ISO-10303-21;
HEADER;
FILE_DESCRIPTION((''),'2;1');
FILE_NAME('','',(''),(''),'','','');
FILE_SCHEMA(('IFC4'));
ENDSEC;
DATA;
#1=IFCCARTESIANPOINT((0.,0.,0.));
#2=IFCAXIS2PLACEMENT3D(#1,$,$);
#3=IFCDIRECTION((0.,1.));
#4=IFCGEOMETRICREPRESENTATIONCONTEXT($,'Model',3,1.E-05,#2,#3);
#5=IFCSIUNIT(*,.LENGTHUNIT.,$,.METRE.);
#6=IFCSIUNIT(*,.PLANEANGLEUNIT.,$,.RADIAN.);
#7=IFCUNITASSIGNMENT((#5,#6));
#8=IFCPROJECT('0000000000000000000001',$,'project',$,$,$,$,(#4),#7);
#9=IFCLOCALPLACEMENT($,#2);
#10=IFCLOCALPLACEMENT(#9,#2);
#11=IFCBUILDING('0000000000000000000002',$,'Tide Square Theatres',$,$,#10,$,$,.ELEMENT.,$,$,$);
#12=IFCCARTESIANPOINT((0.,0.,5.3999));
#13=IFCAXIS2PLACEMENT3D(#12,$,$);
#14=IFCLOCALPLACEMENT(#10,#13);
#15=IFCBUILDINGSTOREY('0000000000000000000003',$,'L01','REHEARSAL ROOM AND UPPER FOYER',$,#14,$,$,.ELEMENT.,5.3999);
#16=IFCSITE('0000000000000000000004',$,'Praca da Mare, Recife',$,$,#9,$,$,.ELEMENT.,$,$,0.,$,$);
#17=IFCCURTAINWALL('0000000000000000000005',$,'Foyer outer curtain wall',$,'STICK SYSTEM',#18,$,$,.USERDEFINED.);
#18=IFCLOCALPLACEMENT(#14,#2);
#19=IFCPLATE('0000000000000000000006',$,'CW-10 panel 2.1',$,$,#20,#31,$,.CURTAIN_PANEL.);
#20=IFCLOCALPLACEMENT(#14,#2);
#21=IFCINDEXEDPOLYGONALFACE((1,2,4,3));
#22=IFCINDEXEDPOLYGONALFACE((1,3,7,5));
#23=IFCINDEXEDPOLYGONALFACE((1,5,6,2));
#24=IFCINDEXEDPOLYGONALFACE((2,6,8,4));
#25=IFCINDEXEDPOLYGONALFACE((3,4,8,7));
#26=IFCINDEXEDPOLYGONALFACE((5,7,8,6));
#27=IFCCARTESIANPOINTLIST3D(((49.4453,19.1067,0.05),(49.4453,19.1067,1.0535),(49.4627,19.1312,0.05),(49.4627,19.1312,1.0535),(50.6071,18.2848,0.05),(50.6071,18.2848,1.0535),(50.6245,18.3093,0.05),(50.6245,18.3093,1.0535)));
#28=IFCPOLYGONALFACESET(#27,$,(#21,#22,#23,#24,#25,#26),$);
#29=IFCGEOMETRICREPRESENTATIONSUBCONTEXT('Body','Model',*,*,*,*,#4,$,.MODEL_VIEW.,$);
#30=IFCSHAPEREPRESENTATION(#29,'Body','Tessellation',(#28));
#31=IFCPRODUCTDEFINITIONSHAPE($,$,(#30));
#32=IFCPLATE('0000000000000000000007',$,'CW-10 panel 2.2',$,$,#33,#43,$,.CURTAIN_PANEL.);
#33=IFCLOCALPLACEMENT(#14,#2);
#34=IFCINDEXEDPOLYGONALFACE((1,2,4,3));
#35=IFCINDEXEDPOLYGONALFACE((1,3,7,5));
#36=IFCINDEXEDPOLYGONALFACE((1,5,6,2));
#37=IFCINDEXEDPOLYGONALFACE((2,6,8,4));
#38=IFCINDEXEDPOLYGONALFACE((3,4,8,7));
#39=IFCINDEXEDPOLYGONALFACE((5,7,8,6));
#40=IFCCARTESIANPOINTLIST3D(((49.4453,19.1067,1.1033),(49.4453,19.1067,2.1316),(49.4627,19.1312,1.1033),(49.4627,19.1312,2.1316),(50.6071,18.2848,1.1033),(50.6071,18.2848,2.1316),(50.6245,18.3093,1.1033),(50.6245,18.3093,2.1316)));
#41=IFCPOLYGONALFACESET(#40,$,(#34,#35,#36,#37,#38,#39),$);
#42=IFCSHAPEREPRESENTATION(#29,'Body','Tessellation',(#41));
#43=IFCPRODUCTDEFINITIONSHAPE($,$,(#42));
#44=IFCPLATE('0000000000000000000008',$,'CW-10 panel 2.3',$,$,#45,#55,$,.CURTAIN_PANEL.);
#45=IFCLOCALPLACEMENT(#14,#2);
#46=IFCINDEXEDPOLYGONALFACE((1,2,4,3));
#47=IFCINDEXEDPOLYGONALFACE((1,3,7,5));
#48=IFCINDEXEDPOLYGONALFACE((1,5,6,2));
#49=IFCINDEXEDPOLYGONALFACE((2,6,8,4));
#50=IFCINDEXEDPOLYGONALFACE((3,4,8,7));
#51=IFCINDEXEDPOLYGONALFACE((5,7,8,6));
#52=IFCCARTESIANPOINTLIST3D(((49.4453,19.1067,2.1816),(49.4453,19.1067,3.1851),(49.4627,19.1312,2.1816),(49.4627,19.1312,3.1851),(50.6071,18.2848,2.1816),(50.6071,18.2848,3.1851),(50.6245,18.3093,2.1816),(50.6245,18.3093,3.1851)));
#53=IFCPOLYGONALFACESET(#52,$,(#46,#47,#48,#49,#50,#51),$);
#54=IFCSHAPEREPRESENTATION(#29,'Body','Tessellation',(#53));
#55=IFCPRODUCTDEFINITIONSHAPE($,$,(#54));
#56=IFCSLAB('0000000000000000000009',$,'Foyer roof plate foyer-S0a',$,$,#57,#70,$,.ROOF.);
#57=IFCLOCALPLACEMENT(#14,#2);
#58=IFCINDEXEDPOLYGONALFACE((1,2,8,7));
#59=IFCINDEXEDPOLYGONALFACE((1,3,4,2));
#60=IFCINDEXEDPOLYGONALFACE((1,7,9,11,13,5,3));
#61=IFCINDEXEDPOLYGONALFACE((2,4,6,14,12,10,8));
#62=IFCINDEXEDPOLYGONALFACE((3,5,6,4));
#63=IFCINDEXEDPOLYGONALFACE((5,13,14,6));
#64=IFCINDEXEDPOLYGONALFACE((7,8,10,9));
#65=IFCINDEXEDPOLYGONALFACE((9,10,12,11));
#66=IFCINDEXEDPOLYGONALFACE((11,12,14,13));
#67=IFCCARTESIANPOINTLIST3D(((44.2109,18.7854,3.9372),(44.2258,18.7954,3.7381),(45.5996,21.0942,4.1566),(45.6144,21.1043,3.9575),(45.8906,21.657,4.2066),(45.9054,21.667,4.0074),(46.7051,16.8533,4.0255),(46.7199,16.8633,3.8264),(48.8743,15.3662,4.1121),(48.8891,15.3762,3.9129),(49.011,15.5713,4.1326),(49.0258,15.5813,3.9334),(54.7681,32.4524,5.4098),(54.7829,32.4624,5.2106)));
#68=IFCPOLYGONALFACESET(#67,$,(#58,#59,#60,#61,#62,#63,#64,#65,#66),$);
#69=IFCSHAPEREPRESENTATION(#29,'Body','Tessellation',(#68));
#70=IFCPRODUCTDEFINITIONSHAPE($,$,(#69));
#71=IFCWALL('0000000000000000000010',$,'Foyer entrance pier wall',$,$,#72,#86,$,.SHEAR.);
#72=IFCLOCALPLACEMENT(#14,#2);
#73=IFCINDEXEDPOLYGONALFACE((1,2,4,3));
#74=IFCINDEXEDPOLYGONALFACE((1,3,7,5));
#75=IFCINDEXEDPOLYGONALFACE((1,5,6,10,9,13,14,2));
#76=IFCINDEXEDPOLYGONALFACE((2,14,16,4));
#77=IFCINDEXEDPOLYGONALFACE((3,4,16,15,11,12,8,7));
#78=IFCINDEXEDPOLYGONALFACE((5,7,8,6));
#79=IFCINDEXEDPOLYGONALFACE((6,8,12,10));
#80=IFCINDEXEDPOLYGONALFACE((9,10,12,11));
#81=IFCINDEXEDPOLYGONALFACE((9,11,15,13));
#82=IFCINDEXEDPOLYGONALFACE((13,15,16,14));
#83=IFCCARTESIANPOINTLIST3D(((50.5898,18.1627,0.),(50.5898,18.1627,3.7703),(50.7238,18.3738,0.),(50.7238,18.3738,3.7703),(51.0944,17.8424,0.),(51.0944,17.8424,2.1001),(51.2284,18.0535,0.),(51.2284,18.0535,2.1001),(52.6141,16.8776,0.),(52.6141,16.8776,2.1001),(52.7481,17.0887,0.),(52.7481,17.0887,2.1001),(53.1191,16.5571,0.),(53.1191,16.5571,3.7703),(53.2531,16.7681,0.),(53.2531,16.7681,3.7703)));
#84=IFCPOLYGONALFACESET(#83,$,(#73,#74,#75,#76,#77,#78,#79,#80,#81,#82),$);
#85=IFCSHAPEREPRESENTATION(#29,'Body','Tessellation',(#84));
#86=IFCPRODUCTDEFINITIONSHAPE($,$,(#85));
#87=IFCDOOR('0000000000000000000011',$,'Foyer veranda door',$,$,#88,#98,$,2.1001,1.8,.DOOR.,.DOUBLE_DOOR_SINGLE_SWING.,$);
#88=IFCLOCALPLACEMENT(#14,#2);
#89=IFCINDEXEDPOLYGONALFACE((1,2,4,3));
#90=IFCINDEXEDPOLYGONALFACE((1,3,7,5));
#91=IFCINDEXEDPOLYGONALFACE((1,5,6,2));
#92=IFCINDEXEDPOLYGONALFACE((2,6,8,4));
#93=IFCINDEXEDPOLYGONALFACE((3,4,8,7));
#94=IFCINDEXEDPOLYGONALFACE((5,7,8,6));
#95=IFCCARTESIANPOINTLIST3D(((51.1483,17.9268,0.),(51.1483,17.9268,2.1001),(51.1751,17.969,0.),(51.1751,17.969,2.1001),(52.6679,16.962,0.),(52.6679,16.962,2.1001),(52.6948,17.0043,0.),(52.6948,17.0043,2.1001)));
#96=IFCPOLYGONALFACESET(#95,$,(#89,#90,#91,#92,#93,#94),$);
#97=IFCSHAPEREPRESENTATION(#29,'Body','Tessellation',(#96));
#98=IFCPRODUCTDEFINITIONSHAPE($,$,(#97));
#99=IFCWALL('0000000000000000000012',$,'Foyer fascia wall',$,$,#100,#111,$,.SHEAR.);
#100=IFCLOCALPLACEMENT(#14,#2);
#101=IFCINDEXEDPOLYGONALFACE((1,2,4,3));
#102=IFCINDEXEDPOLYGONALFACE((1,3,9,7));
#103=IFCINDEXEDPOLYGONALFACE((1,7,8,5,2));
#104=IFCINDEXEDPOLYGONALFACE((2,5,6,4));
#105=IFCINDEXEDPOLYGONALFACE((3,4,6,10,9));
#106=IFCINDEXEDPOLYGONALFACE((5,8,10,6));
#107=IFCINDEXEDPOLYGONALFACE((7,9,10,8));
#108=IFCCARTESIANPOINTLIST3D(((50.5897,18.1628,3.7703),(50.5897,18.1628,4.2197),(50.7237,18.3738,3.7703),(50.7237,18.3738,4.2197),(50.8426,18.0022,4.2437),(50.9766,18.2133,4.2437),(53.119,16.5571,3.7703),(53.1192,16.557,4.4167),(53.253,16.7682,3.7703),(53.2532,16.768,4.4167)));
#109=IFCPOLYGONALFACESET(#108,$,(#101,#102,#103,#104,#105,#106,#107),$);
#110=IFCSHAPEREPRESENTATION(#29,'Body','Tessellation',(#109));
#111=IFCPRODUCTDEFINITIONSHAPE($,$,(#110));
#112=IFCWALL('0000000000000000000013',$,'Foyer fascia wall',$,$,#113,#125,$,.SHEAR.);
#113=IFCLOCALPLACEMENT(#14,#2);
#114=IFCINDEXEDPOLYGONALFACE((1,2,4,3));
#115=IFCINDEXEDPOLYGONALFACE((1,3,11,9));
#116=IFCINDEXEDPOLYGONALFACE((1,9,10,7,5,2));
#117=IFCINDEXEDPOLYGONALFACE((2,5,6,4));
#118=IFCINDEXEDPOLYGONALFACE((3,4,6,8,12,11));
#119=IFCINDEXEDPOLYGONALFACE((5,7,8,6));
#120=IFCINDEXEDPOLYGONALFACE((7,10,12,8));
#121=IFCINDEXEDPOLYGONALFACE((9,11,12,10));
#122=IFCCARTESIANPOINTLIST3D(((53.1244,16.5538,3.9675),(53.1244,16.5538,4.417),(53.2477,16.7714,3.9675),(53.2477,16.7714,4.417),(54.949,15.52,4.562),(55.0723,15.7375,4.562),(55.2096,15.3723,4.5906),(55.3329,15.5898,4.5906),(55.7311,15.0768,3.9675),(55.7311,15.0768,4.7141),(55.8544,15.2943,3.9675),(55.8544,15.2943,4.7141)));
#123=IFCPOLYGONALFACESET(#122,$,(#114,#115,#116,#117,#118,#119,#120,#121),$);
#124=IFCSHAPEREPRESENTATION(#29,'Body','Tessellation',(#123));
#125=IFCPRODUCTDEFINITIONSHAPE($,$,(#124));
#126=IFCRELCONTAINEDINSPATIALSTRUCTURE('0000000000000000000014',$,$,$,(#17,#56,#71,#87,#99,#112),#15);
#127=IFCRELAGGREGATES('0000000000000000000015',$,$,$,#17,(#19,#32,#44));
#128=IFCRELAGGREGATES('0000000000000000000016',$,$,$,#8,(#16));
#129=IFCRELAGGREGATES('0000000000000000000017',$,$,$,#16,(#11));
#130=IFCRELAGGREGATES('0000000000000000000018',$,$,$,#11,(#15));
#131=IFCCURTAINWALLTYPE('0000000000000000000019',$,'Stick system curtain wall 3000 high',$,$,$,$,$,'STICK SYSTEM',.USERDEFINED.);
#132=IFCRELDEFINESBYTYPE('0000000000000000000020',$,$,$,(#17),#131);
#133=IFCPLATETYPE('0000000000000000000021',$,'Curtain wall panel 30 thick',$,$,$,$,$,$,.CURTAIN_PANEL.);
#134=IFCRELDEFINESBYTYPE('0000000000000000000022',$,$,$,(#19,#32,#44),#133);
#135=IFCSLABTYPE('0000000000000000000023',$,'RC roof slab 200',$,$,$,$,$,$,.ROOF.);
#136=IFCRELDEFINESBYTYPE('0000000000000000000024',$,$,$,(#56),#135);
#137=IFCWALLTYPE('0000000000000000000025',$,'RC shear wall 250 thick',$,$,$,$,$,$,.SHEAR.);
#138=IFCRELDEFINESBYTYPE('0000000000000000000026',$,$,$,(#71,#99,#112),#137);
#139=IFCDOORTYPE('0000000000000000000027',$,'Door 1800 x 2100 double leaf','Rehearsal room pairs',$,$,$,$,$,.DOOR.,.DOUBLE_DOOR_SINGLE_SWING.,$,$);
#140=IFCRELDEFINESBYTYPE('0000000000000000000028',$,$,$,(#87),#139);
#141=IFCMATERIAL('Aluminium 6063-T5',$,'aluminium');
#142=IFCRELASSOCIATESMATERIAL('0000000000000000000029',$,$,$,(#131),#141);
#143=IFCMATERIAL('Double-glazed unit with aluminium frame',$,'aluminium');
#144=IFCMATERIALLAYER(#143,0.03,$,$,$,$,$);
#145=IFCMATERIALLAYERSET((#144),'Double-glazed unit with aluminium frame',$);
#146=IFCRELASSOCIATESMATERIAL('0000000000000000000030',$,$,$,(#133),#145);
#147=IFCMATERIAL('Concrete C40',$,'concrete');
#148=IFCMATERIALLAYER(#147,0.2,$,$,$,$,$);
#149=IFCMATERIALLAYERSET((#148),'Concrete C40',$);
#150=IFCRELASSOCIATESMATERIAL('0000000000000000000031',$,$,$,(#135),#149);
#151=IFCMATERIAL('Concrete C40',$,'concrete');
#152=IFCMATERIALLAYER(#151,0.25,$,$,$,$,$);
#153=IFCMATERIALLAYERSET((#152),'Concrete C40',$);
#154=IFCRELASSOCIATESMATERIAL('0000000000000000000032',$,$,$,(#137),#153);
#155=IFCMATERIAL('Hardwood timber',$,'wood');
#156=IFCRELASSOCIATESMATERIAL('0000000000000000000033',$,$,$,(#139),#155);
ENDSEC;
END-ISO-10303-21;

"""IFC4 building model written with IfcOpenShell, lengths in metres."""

from ifc_helpers import new_model, si_unit, direction, frame, frame_2d, origin, origin_2d, place, context, subcontext, project, spatial, polyline, rectangle, outline, extrude, material, layer, layer_set, type_object, element, fill, aggregate, save


model = new_model("IFC4")

# Units and contexts
model_context = context("Model", 3, precision=1e-05, world=origin(), true_north=direction((0.0, 1.0)))
body_context = subcontext(model_context, "Body", "Model", "MODEL_VIEW")
ifc_project = project(units=[si_unit("LENGTHUNIT", "METRE"), si_unit("PLANEANGLEUNIT", "RADIAN")], contexts=[model_context])

# Site, building, storey
site_placement = place(None, origin())
site = spatial("IfcSite", under=ifc_project, at=site_placement, Name="Praca da Mare, Recife", CompositionType="ELEMENT", RefElevation=0.0)
building_placement = place(site_placement, origin())
building = spatial("IfcBuilding", under=site, at=building_placement, Name="Tide Square Theatres", CompositionType="ELEMENT")
storey_placement = place(building_placement, frame((0.0, 0.0, 5.3999)))
storey = spatial("IfcBuildingStorey", under=building, at=storey_placement, Name="L01", Description="REHEARSAL ROOM AND UPPER FOYER", CompositionType="ELEMENT", Elevation=5.3999)

# Curtain wall
ifc_material_1 = material(Name="Aluminium 6063-T5", Category="aluminium")
curtain_wall_type_1 = type_object("IfcCurtainWallType", Name="Stick system curtain wall 3000 high", ElementType="STICK SYSTEM", PredefinedType="USERDEFINED", material=ifc_material_1)
curtain_wall_1_placement = place(storey_placement, origin())
curtain_wall_1 = element("IfcCurtainWall", 1, at=curtain_wall_1_placement, inside=storey, type_object=curtain_wall_type_1, Name="Foyer outer curtain wall", ObjectType="STICK SYSTEM", PredefinedType="USERDEFINED")

# Plates
ifc_material_2 = material(Name="Double-glazed unit with aluminium frame", Category="aluminium")
ifc_layer_1 = layer(ifc_material_2, 0.03)
ifc_layer_set_1 = layer_set([ifc_layer_1], Name="Double-glazed unit with aluminium frame")
plate_type = type_object("IfcPlateType", Name="Curtain wall panel 30 thick", PredefinedType="CURTAIN_PANEL", material=ifc_layer_set_1)
plate_1_placement = place(storey_placement, frame((50.0349, 18.708, 0.05), z_axis=(0.0, 0.0, 1.0), x_axis=(0.816388, -0.577503, 0.0)))
plate_1 = element("IfcPlate", 2, at=plate_1_placement, type_object=plate_type, Name="CW-10 panel 2.1", PredefinedType="CURTAIN_PANEL", context=body_context, shape_type="SweptSolid", body=[
    extrude(rectangle(XDim=1.4231, YDim=0.03, at=origin_2d()), origin(), (0.0, 0.0, 1.0), 1.0034),
])
plate_2_placement = place(storey_placement, frame((50.0349, 18.708, 1.1033), z_axis=(0.0, 0.0, 1.0), x_axis=(0.816388, -0.577503, 0.0)))
plate_2 = element("IfcPlate", 3, at=plate_2_placement, type_object=plate_type, Name="CW-10 panel 2.2", PredefinedType="CURTAIN_PANEL", context=body_context, shape_type="SweptSolid", body=[
    extrude(rectangle(XDim=1.4231, YDim=0.03, at=origin_2d()), origin(), (0.0, 0.0, 1.0), 1.0283),
])
plate_3_placement = place(storey_placement, frame((50.0349, 18.708, 2.1816), z_axis=(0.0, 0.0, 1.0), x_axis=(0.816388, -0.577503, 0.0)))
plate_3 = element("IfcPlate", 4, at=plate_3_placement, type_object=plate_type, Name="CW-10 panel 2.3", PredefinedType="CURTAIN_PANEL", context=body_context, shape_type="SweptSolid", body=[
    extrude(rectangle(XDim=1.4231, YDim=0.03, at=origin_2d()), origin(), (0.0, 0.0, 1.0), 1.0034),
])
aggregate(curtain_wall_1, [plate_1, plate_2, plate_3])

# Slab
ifc_material_3 = material(Name="Concrete C40", Category="concrete")
ifc_layer_2 = layer(ifc_material_3, 0.2)
ifc_layer_set_2 = layer_set([ifc_layer_2], Name="Concrete C40")
slab_type = type_object("IfcSlabType", Name="RC roof slab 200", PredefinedType="ROOF", material=ifc_layer_set_2)
slab_placement = place(storey_placement, frame((49.011, 15.5713, 4.1326), z_axis=(-0.07408, -0.050093, 0.995993), x_axis=(0.321958, 0.944056, 0.071427)))
element("IfcSlab", 5, at=slab_placement, inside=storey, type_object=slab_type, Name="Foyer roof plate foyer-S0a", PredefinedType="ROOF", context=body_context, shape_type="SweptSolid", body=[
    extrude(outline(polyline([(0.0, 0.0), (17.8815, 0.0), (4.7459, 4.9249), (4.1174, 5.0188), (1.4749, 5.5887), (0.4602, 2.6001), (-0.2391, 0.0633), (0.0, 0.0)])), origin(), (0.0, 0.0, -1.0), 0.2),
])

# Wall, opening, door
ifc_material_4 = material(Name="Concrete C40", Category="concrete")
ifc_layer_3 = layer(ifc_material_4, 0.25)
ifc_layer_set_3 = layer_set([ifc_layer_3], Name="Concrete C40")
wall_type = type_object("IfcWallType", Name="RC shear wall 250 thick", PredefinedType="SHEAR", material=ifc_layer_set_3)
wall_1_placement = place(storey_placement, frame((50.6567, 18.2683, 0.0), z_axis=(0.0, 0.0, 1.0), x_axis=(0.844241, -0.535963, 0.0)))
wall_1 = element("IfcWall", 6, at=wall_1_placement, inside=storey, type_object=wall_type, Name="Foyer entrance pier wall", PredefinedType="SHEAR", context=body_context, shape_type="SweptSolid", body=[
    extrude(rectangle(XDim=2.9958, YDim=0.25, at=frame_2d((1.498, 0.0))), origin(), (0.0, 0.0, 1.0), 3.7703),
])
opening_placement = place(wall_1_placement, frame((0.5979, 0.0, 0.0)))
opening = element("IfcOpeningElement", 7, at=opening_placement, cuts=wall_1, PredefinedType="OPENING", context=body_context, shape_type="SweptSolid", body=[
    extrude(rectangle(XDim=1.8, YDim=2.1001, at=frame_2d((0.8999, 1.05))), frame((0.0, 0.135, 0.0), z_axis=(0.0, -1.0, 0.0), x_axis=(1.0, 0.0, 0.0)), (0.0, 0.0, 1.0), 0.27),
])
ifc_material_5 = material(Name="Hardwood timber", Category="wood")
door_type = type_object("IfcDoorType", Name="Door 1800 x 2100 double leaf", Description="Rehearsal room pairs", OperationType="DOUBLE_DOOR_SINGLE_SWING", PredefinedType="DOOR", material=ifc_material_5)
door_placement = place(opening_placement, frame((1.8, 0.0, 0.0), z_axis=(0.0, 0.0, 1.0), x_axis=(-1.0, 0.0, 0.0)))
door = element("IfcDoor", 8, at=door_placement, inside=storey, type_object=door_type, Name="Foyer veranda door", OperationType="DOUBLE_DOOR_SINGLE_SWING", OverallHeight=2.1001, OverallWidth=1.8, PredefinedType="DOOR", context=body_context, shape_type="SweptSolid", body=[
    extrude(rectangle(XDim=1.8, YDim=2.1001, at=frame_2d((0.8999, 1.05))), frame((0.0, 0.0249, 0.0), z_axis=(0.0, -1.0, 0.0), x_axis=(1.0, 0.0, 0.0)), (0.0, 0.0, 1.0), 0.05),
])
fill(opening, door)

# Walls
wall_2_placement = place(storey_placement, frame((50.6567, 18.2683, 3.7703), z_axis=(0.0, 0.0, 1.0), x_axis=(0.844241, -0.535963, 0.0)))
element("IfcWall", 9, at=wall_2_placement, inside=storey, type_object=wall_type, Name="Foyer fascia wall", PredefinedType="SHEAR", context=body_context, shape_type="SweptSolid", body=[
    extrude(outline(polyline([(0.0, 0.0), (2.9958, 0.0), (2.9961, 0.6465), (0.2996, 0.4734), (0.0, 0.4495), (0.0, 0.0)])), frame((0.0, 0.125, 0.0), z_axis=(0.0, -1.0, 0.0), x_axis=(1.0, 0.0, 0.0)), (0.0, 0.0, 1.0), 0.25),
])
wall_3_placement = place(storey_placement, frame((53.186, 16.6626, 3.9675), z_axis=(0.0, 0.0, 1.0), x_axis=(0.870033, -0.492994, 0.0)))
element("IfcWall", 10, at=wall_3_placement, inside=storey, type_object=wall_type, Name="Foyer fascia wall", PredefinedType="SHEAR", context=body_context, shape_type="SweptSolid", body=[
    extrude(outline(polyline([(0.0, 0.0), (2.9961, 0.0), (2.9961, 0.7466), (2.3967, 0.623), (2.0972, 0.5945), (0.0, 0.4495), (0.0, 0.0)])), frame((0.0, 0.125, 0.0), z_axis=(0.0, -1.0, 0.0), x_axis=(1.0, 0.0, 0.0)), (0.0, 0.0, 1.0), 0.25),
])

save(model, "model.ifc")
